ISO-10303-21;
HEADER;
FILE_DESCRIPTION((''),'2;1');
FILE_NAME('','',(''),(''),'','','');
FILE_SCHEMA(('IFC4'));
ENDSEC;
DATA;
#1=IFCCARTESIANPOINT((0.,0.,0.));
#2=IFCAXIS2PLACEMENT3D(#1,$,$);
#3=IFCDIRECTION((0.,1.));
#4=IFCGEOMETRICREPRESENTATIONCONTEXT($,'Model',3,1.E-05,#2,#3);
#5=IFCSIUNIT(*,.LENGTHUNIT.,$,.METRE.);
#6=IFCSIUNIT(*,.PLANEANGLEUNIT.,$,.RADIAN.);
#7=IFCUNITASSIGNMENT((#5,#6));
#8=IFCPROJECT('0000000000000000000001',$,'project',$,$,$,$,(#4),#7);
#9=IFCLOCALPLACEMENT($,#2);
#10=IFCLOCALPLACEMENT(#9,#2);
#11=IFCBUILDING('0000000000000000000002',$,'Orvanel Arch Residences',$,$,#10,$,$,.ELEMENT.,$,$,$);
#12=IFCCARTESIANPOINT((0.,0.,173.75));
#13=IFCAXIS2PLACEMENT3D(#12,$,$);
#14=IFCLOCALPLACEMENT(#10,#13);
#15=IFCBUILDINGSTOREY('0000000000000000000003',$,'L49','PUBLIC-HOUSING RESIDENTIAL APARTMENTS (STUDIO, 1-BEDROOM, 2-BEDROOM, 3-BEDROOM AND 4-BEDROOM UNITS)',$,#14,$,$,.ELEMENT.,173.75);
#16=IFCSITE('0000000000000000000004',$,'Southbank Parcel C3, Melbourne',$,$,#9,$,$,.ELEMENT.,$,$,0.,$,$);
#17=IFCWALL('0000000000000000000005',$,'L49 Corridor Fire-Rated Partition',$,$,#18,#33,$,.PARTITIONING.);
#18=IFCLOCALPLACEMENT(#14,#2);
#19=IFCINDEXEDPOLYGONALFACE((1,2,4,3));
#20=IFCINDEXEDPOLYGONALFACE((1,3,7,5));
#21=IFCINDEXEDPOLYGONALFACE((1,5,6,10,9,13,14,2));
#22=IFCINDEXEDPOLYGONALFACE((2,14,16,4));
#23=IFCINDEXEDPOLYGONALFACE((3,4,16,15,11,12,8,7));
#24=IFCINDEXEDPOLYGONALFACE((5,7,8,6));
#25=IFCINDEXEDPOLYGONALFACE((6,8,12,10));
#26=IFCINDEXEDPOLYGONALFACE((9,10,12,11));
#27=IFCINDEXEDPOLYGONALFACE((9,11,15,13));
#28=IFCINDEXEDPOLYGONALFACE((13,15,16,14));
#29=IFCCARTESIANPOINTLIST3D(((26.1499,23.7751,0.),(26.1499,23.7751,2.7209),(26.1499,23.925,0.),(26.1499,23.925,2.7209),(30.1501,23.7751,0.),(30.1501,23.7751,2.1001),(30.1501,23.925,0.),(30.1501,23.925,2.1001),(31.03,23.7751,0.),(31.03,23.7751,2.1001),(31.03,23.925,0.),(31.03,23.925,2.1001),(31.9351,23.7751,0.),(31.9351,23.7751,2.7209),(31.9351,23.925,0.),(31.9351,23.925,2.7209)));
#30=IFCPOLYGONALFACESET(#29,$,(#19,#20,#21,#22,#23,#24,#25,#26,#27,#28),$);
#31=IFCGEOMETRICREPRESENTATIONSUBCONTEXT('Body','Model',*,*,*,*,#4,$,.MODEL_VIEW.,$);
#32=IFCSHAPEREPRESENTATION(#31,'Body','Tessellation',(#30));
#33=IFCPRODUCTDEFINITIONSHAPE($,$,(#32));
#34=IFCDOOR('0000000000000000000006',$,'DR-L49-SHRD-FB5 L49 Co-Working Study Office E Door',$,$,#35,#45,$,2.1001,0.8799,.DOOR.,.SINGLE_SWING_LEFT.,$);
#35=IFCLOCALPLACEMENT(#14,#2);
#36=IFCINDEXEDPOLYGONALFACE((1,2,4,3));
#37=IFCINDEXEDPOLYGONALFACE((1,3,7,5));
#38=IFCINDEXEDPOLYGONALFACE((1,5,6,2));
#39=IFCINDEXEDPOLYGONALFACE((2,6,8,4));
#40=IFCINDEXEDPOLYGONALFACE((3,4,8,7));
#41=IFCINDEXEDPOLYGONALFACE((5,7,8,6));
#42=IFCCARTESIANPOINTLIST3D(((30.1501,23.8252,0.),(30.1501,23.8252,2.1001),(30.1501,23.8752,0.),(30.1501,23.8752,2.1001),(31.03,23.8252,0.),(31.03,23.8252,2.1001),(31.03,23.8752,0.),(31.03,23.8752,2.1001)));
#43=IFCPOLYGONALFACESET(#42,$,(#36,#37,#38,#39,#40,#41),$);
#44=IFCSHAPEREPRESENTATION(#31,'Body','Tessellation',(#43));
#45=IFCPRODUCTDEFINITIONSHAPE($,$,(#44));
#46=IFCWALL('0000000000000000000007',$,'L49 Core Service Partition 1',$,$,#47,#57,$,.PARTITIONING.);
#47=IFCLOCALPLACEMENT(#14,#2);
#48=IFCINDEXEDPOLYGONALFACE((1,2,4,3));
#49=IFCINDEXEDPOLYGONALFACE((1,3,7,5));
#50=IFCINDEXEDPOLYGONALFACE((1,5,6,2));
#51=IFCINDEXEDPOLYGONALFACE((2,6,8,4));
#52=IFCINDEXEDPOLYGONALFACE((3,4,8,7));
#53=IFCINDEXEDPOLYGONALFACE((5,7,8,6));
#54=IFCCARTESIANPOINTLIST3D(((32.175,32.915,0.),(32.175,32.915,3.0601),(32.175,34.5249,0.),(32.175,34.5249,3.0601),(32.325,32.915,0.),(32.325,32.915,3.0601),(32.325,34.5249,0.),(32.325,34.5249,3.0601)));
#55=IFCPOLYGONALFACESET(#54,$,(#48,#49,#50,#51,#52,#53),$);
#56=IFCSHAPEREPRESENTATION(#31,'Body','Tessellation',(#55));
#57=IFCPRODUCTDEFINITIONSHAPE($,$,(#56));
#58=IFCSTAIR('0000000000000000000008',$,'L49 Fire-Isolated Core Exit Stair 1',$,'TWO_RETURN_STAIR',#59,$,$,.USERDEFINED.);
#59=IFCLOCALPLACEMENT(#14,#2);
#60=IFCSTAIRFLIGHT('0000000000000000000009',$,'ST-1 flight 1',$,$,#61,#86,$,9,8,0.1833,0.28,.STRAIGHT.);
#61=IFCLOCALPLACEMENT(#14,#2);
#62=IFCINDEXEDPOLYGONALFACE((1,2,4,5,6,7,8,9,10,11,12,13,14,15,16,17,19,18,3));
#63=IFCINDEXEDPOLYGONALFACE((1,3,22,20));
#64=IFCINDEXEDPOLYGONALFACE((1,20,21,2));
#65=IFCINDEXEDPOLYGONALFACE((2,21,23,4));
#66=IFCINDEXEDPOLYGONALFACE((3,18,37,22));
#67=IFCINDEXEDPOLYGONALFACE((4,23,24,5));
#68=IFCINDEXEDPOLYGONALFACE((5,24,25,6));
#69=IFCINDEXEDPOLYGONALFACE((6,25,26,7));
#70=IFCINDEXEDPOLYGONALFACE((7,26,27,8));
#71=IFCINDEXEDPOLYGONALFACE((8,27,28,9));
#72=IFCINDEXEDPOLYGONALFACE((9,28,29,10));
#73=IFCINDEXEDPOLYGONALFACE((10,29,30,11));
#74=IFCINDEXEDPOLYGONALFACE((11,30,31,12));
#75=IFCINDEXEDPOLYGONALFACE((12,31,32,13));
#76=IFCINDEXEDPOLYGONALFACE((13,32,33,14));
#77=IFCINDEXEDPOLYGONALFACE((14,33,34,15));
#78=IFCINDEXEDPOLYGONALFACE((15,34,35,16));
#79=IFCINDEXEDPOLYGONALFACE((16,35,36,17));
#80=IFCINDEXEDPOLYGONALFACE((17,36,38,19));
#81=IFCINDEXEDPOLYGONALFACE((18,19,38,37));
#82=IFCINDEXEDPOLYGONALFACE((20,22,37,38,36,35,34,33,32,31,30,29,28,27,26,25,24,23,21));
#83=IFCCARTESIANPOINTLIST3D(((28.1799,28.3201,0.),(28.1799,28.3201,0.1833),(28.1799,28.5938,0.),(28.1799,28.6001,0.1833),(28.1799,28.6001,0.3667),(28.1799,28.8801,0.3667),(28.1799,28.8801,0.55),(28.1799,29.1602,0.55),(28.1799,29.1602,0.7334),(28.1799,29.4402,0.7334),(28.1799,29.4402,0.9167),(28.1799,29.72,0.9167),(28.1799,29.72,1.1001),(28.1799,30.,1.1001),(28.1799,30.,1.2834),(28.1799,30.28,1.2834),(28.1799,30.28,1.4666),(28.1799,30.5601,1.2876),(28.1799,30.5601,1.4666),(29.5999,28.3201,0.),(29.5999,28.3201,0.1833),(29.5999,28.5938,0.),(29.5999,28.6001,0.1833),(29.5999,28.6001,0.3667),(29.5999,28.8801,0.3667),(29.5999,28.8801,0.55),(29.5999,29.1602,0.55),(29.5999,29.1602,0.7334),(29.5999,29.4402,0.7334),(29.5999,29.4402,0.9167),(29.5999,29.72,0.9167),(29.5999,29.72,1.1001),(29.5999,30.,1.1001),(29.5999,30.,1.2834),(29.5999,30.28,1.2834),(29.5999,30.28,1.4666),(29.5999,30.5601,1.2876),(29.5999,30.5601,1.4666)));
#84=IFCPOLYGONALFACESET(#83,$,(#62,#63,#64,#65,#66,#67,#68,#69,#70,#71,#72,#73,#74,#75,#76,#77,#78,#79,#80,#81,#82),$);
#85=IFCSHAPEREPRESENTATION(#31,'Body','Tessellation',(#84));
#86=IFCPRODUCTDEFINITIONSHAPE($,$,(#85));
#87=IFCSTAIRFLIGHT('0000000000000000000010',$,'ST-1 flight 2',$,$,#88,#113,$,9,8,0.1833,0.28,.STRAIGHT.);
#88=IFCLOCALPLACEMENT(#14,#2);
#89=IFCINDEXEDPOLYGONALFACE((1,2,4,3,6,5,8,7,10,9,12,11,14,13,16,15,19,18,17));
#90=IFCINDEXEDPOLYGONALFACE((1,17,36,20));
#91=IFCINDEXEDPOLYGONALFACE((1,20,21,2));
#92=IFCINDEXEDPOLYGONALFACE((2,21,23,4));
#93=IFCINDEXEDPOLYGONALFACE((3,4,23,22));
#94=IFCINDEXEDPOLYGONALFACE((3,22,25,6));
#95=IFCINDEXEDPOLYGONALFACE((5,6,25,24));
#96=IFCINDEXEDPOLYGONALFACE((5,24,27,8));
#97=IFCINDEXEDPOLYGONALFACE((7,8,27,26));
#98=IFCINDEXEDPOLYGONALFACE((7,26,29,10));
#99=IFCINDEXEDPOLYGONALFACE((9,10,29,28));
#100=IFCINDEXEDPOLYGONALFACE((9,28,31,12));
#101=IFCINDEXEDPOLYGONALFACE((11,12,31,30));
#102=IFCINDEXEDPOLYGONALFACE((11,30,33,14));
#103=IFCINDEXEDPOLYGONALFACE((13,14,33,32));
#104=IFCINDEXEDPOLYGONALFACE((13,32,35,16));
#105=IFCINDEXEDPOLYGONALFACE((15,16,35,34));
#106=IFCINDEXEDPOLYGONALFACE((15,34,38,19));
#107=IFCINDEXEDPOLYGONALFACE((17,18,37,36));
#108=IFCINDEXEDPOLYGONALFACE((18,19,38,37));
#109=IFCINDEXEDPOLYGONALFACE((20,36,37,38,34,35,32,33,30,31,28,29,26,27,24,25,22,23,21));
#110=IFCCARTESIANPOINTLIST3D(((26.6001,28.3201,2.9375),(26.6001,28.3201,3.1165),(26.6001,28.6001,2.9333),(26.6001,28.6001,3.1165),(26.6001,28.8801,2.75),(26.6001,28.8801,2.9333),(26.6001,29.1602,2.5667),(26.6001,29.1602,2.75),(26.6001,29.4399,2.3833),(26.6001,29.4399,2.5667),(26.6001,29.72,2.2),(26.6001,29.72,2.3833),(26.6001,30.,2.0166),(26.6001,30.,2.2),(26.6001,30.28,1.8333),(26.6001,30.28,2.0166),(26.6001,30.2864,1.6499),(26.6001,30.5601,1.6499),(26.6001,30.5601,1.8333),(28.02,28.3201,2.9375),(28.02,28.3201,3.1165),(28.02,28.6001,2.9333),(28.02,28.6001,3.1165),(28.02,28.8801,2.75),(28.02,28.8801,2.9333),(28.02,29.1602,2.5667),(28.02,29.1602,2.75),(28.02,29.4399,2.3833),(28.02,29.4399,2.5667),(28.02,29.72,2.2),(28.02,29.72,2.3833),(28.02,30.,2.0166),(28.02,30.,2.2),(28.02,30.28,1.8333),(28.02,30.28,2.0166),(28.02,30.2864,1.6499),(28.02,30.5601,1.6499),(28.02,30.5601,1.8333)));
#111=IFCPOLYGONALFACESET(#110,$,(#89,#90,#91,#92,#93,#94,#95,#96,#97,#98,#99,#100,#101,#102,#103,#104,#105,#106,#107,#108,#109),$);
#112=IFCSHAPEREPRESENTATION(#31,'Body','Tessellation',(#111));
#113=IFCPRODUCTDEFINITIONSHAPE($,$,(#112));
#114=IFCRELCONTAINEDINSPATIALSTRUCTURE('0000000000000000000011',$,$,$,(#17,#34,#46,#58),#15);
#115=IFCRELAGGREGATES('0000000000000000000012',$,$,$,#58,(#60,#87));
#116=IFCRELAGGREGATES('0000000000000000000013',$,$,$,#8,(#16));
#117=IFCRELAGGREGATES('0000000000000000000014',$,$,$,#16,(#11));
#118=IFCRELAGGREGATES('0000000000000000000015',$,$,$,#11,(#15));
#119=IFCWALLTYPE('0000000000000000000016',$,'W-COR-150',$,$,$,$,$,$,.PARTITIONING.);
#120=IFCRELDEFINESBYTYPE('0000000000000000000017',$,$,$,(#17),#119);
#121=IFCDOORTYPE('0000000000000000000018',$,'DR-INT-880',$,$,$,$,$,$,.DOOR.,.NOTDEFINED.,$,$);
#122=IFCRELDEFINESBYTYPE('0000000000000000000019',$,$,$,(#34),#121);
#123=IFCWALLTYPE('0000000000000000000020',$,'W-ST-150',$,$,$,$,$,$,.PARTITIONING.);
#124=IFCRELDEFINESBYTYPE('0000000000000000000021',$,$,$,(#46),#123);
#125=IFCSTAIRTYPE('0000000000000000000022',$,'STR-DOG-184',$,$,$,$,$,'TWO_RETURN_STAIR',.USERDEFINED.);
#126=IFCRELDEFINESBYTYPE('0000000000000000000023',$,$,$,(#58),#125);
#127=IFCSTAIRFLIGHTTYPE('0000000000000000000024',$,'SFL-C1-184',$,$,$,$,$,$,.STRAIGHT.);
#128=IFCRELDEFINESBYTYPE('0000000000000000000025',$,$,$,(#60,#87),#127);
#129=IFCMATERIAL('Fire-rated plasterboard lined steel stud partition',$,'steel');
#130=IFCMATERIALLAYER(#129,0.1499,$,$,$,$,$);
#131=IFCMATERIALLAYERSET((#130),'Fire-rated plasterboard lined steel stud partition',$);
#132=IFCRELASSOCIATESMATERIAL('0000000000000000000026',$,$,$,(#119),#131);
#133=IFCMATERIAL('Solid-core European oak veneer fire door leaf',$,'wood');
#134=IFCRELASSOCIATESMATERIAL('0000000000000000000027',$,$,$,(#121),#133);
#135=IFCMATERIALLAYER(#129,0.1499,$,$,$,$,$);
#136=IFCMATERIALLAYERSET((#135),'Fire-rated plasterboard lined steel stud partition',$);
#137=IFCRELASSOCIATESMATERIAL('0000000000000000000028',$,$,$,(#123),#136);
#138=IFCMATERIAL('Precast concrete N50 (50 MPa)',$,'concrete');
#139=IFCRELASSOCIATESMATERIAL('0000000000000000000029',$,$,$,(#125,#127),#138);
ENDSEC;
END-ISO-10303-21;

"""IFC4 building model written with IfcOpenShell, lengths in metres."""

from ifc_helpers import new_model, si_unit, direction, frame, frame_2d, origin, place, context, subcontext, project, spatial, polyline, rectangle, outline, extrude, material, layer, layer_set, type_object, element, fill, aggregate, save


model = new_model("IFC4")

# Units and contexts
model_context = context("Model", 3, precision=1e-05, world=origin(), true_north=direction((0.0, 1.0)))
body_context = subcontext(model_context, "Body", "Model", "MODEL_VIEW")
ifc_project = project(units=[si_unit("LENGTHUNIT", "METRE"), si_unit("PLANEANGLEUNIT", "RADIAN")], contexts=[model_context])

# Site, building, storey
site_placement = place(None, origin())
site = spatial("IfcSite", under=ifc_project, at=site_placement, Name="Southbank Parcel C3, Melbourne", CompositionType="ELEMENT", RefElevation=0.0)
building_placement = place(site_placement, origin())
building = spatial("IfcBuilding", under=site, at=building_placement, Name="Orvanel Arch Residences", CompositionType="ELEMENT")
storey_placement = place(building_placement, frame((0.0, 0.0, 173.75)))
storey = spatial("IfcBuildingStorey", under=building, at=storey_placement, Name="L49", Description="PUBLIC-HOUSING RESIDENTIAL APARTMENTS (STUDIO, 1-BEDROOM, 2-BEDROOM, 3-BEDROOM AND 4-BEDROOM UNITS)", CompositionType="ELEMENT", Elevation=173.75)

# Shared definitions
ifc_material_1 = material(Name="Fire-rated plasterboard lined steel stud partition", Category="steel")
ifc_layer_1 = layer(ifc_material_1, 0.1499)
ifc_layer_set_1 = layer_set([ifc_layer_1], Name="Fire-rated plasterboard lined steel stud partition")
wall_type_1 = type_object("IfcWallType", Name="W-COR-150", PredefinedType="PARTITIONING", material=ifc_layer_set_1)

# Wall, opening, door
wall_1_placement = place(storey_placement, frame((31.9351, 23.8501, 0.0), z_axis=(0.0, 0.0, 1.0), x_axis=(-1.0, 0.0, 0.0)))
wall_1 = element("IfcWall", 1, at=wall_1_placement, inside=storey, type_object=wall_type_1, Name="L49 Corridor Fire-Rated Partition", PredefinedType="PARTITIONING", context=body_context, shape_type="SweptSolid", body=[
    extrude(rectangle(XDim=5.7852, YDim=0.1499, at=frame_2d((2.8926, 0.0))), origin(), (0.0, 0.0, 1.0), 2.7209),
])
opening_1_placement = place(wall_1_placement, frame((0.905, 0.0, 0.0)))
opening_1 = element("IfcOpeningElement", 2, at=opening_1_placement, cuts=wall_1, PredefinedType="OPENING", context=body_context, shape_type="SweptSolid", body=[
    extrude(rectangle(XDim=0.8799, YDim=2.1001, at=frame_2d((0.4399, 1.05))), frame((0.0, 0.085, 0.0), z_axis=(0.0, -1.0, 0.0), x_axis=(1.0, 0.0, 0.0)), (0.0, 0.0, 1.0), 0.1699),
])
ifc_material_2 = material(Name="Solid-core European oak veneer fire door leaf", Category="wood")
door_type_1 = type_object("IfcDoorType", Name="DR-INT-880", OperationType="NOTDEFINED", PredefinedType="DOOR", material=ifc_material_2)
door_1_placement = place(opening_1_placement, origin())
door_1 = element("IfcDoor", 3, at=door_1_placement, inside=storey, type_object=door_type_1, Name="DR-L49-SHRD-FB5 L49 Co-Working Study Office E Door", OperationType="SINGLE_SWING_LEFT", OverallHeight=2.1001, OverallWidth=0.8799, PredefinedType="DOOR", context=body_context, shape_type="SweptSolid", body=[
    extrude(rectangle(XDim=0.8799, YDim=2.1001, at=frame_2d((0.4399, 1.05))), frame((0.0, 0.0249, 0.0), z_axis=(0.0, -1.0, 0.0), x_axis=(1.0, 0.0, 0.0)), (0.0, 0.0, 1.0), 0.05),
])
fill(opening_1, door_1)

# Wall
ifc_layer_2 = layer(ifc_material_1, 0.1499)
ifc_layer_set_2 = layer_set([ifc_layer_2], Name="Fire-rated plasterboard lined steel stud partition")
wall_type_2 = type_object("IfcWallType", Name="W-ST-150", PredefinedType="PARTITIONING", material=ifc_layer_set_2)
wall_2_placement = place(storey_placement, frame((32.25, 32.915, 0.0), z_axis=(0.0, 0.0, 1.0), x_axis=(0.0, 1.0, 0.0)))
element("IfcWall", 4, at=wall_2_placement, inside=storey, type_object=wall_type_2, Name="L49 Core Service Partition 1", PredefinedType="PARTITIONING", context=body_context, shape_type="SweptSolid", body=[
    extrude(rectangle(XDim=1.6099, YDim=0.1499, at=frame_2d((0.8049, 0.0))), origin(), (0.0, 0.0, 1.0), 3.0601),
])

# Stair, stair flights
ifc_material_3 = material(Name="Precast concrete N50 (50 MPa)", Category="concrete")
stair_type = type_object("IfcStairType", Name="STR-DOG-184", ElementType="TWO_RETURN_STAIR", PredefinedType="USERDEFINED", material=ifc_material_3)
stair_placement = place(storey_placement, origin())
stair = element("IfcStair", 5, at=stair_placement, inside=storey, type_object=stair_type, Name="L49 Fire-Isolated Core Exit Stair 1", ObjectType="TWO_RETURN_STAIR", PredefinedType="USERDEFINED")
stair_flight_type = type_object("IfcStairFlightType", Name="SFL-C1-184", PredefinedType="STRAIGHT", material=ifc_material_3)
stair_flight_1_placement = place(storey_placement, frame((28.8899, 28.3201, 0.0), z_axis=(0.0, 0.0, 1.0), x_axis=(0.0, 1.0, 0.0)))
stair_flight_1 = element("IfcStairFlight", 6, at=stair_flight_1_placement, type_object=stair_flight_type, Name="ST-1 flight 1", NumberOfRisers=9, NumberOfTreads=8, PredefinedType="STRAIGHT", RiserHeight=0.1833, TreadLength=0.28, context=body_context, shape_type="SweptSolid", body=[
    extrude(outline(polyline([(0.0, 0.0), (0.0, 0.1833), (0.28, 0.1833), (0.28, 0.3667), (0.5601, 0.3667), (0.5601, 0.55), (0.8401, 0.55), (0.8401, 0.7334), (1.1201, 0.7334), (1.1201, 0.9167), (1.3999, 0.9167), (1.3999, 1.1001), (1.6799, 1.1001), (1.6799, 1.2834), (1.96, 1.2834), (1.96, 1.4666), (2.24, 1.4666), (2.24, 1.6499), (2.24, 1.2876), (0.2737, 0.0), (0.0, 0.0)])), frame((0.0, 0.71, 0.0), z_axis=(0.0, -1.0, 0.0), x_axis=(1.0, 0.0, 0.0)), (0.0, 0.0, 1.0), 1.4199),
])
stair_flight_2_placement = place(storey_placement, frame((27.3101, 30.5601, 1.6499), z_axis=(0.0, 0.0, 1.0), x_axis=(0.0, -1.0, 0.0)))
stair_flight_2 = element("IfcStairFlight", 7, at=stair_flight_2_placement, type_object=stair_flight_type, Name="ST-1 flight 2", NumberOfRisers=9, NumberOfTreads=8, PredefinedType="STRAIGHT", RiserHeight=0.1833, TreadLength=0.28, context=body_context, shape_type="SweptSolid", body=[
    extrude(outline(polyline([(0.0, 0.0), (0.0, 0.1833), (0.28, 0.1833), (0.28, 0.3667), (0.5601, 0.3667), (0.5601, 0.55), (0.8401, 0.55), (0.8401, 0.7334), (1.1201, 0.7334), (1.1201, 0.9167), (1.3999, 0.9167), (1.3999, 1.1001), (1.6799, 1.1001), (1.6799, 1.2834), (1.96, 1.2834), (1.96, 1.4666), (2.24, 1.4666), (2.24, 1.6499), (2.24, 1.2876), (0.2737, 0.0), (0.0, 0.0)])), frame((0.0, 0.71, 0.0), z_axis=(0.0, -1.0, 0.0), x_axis=(1.0, 0.0, 0.0)), (0.0, 0.0, 1.0), 1.4199),
])
aggregate(stair, [stair_flight_1, stair_flight_2])

save(model, "model.ifc")
